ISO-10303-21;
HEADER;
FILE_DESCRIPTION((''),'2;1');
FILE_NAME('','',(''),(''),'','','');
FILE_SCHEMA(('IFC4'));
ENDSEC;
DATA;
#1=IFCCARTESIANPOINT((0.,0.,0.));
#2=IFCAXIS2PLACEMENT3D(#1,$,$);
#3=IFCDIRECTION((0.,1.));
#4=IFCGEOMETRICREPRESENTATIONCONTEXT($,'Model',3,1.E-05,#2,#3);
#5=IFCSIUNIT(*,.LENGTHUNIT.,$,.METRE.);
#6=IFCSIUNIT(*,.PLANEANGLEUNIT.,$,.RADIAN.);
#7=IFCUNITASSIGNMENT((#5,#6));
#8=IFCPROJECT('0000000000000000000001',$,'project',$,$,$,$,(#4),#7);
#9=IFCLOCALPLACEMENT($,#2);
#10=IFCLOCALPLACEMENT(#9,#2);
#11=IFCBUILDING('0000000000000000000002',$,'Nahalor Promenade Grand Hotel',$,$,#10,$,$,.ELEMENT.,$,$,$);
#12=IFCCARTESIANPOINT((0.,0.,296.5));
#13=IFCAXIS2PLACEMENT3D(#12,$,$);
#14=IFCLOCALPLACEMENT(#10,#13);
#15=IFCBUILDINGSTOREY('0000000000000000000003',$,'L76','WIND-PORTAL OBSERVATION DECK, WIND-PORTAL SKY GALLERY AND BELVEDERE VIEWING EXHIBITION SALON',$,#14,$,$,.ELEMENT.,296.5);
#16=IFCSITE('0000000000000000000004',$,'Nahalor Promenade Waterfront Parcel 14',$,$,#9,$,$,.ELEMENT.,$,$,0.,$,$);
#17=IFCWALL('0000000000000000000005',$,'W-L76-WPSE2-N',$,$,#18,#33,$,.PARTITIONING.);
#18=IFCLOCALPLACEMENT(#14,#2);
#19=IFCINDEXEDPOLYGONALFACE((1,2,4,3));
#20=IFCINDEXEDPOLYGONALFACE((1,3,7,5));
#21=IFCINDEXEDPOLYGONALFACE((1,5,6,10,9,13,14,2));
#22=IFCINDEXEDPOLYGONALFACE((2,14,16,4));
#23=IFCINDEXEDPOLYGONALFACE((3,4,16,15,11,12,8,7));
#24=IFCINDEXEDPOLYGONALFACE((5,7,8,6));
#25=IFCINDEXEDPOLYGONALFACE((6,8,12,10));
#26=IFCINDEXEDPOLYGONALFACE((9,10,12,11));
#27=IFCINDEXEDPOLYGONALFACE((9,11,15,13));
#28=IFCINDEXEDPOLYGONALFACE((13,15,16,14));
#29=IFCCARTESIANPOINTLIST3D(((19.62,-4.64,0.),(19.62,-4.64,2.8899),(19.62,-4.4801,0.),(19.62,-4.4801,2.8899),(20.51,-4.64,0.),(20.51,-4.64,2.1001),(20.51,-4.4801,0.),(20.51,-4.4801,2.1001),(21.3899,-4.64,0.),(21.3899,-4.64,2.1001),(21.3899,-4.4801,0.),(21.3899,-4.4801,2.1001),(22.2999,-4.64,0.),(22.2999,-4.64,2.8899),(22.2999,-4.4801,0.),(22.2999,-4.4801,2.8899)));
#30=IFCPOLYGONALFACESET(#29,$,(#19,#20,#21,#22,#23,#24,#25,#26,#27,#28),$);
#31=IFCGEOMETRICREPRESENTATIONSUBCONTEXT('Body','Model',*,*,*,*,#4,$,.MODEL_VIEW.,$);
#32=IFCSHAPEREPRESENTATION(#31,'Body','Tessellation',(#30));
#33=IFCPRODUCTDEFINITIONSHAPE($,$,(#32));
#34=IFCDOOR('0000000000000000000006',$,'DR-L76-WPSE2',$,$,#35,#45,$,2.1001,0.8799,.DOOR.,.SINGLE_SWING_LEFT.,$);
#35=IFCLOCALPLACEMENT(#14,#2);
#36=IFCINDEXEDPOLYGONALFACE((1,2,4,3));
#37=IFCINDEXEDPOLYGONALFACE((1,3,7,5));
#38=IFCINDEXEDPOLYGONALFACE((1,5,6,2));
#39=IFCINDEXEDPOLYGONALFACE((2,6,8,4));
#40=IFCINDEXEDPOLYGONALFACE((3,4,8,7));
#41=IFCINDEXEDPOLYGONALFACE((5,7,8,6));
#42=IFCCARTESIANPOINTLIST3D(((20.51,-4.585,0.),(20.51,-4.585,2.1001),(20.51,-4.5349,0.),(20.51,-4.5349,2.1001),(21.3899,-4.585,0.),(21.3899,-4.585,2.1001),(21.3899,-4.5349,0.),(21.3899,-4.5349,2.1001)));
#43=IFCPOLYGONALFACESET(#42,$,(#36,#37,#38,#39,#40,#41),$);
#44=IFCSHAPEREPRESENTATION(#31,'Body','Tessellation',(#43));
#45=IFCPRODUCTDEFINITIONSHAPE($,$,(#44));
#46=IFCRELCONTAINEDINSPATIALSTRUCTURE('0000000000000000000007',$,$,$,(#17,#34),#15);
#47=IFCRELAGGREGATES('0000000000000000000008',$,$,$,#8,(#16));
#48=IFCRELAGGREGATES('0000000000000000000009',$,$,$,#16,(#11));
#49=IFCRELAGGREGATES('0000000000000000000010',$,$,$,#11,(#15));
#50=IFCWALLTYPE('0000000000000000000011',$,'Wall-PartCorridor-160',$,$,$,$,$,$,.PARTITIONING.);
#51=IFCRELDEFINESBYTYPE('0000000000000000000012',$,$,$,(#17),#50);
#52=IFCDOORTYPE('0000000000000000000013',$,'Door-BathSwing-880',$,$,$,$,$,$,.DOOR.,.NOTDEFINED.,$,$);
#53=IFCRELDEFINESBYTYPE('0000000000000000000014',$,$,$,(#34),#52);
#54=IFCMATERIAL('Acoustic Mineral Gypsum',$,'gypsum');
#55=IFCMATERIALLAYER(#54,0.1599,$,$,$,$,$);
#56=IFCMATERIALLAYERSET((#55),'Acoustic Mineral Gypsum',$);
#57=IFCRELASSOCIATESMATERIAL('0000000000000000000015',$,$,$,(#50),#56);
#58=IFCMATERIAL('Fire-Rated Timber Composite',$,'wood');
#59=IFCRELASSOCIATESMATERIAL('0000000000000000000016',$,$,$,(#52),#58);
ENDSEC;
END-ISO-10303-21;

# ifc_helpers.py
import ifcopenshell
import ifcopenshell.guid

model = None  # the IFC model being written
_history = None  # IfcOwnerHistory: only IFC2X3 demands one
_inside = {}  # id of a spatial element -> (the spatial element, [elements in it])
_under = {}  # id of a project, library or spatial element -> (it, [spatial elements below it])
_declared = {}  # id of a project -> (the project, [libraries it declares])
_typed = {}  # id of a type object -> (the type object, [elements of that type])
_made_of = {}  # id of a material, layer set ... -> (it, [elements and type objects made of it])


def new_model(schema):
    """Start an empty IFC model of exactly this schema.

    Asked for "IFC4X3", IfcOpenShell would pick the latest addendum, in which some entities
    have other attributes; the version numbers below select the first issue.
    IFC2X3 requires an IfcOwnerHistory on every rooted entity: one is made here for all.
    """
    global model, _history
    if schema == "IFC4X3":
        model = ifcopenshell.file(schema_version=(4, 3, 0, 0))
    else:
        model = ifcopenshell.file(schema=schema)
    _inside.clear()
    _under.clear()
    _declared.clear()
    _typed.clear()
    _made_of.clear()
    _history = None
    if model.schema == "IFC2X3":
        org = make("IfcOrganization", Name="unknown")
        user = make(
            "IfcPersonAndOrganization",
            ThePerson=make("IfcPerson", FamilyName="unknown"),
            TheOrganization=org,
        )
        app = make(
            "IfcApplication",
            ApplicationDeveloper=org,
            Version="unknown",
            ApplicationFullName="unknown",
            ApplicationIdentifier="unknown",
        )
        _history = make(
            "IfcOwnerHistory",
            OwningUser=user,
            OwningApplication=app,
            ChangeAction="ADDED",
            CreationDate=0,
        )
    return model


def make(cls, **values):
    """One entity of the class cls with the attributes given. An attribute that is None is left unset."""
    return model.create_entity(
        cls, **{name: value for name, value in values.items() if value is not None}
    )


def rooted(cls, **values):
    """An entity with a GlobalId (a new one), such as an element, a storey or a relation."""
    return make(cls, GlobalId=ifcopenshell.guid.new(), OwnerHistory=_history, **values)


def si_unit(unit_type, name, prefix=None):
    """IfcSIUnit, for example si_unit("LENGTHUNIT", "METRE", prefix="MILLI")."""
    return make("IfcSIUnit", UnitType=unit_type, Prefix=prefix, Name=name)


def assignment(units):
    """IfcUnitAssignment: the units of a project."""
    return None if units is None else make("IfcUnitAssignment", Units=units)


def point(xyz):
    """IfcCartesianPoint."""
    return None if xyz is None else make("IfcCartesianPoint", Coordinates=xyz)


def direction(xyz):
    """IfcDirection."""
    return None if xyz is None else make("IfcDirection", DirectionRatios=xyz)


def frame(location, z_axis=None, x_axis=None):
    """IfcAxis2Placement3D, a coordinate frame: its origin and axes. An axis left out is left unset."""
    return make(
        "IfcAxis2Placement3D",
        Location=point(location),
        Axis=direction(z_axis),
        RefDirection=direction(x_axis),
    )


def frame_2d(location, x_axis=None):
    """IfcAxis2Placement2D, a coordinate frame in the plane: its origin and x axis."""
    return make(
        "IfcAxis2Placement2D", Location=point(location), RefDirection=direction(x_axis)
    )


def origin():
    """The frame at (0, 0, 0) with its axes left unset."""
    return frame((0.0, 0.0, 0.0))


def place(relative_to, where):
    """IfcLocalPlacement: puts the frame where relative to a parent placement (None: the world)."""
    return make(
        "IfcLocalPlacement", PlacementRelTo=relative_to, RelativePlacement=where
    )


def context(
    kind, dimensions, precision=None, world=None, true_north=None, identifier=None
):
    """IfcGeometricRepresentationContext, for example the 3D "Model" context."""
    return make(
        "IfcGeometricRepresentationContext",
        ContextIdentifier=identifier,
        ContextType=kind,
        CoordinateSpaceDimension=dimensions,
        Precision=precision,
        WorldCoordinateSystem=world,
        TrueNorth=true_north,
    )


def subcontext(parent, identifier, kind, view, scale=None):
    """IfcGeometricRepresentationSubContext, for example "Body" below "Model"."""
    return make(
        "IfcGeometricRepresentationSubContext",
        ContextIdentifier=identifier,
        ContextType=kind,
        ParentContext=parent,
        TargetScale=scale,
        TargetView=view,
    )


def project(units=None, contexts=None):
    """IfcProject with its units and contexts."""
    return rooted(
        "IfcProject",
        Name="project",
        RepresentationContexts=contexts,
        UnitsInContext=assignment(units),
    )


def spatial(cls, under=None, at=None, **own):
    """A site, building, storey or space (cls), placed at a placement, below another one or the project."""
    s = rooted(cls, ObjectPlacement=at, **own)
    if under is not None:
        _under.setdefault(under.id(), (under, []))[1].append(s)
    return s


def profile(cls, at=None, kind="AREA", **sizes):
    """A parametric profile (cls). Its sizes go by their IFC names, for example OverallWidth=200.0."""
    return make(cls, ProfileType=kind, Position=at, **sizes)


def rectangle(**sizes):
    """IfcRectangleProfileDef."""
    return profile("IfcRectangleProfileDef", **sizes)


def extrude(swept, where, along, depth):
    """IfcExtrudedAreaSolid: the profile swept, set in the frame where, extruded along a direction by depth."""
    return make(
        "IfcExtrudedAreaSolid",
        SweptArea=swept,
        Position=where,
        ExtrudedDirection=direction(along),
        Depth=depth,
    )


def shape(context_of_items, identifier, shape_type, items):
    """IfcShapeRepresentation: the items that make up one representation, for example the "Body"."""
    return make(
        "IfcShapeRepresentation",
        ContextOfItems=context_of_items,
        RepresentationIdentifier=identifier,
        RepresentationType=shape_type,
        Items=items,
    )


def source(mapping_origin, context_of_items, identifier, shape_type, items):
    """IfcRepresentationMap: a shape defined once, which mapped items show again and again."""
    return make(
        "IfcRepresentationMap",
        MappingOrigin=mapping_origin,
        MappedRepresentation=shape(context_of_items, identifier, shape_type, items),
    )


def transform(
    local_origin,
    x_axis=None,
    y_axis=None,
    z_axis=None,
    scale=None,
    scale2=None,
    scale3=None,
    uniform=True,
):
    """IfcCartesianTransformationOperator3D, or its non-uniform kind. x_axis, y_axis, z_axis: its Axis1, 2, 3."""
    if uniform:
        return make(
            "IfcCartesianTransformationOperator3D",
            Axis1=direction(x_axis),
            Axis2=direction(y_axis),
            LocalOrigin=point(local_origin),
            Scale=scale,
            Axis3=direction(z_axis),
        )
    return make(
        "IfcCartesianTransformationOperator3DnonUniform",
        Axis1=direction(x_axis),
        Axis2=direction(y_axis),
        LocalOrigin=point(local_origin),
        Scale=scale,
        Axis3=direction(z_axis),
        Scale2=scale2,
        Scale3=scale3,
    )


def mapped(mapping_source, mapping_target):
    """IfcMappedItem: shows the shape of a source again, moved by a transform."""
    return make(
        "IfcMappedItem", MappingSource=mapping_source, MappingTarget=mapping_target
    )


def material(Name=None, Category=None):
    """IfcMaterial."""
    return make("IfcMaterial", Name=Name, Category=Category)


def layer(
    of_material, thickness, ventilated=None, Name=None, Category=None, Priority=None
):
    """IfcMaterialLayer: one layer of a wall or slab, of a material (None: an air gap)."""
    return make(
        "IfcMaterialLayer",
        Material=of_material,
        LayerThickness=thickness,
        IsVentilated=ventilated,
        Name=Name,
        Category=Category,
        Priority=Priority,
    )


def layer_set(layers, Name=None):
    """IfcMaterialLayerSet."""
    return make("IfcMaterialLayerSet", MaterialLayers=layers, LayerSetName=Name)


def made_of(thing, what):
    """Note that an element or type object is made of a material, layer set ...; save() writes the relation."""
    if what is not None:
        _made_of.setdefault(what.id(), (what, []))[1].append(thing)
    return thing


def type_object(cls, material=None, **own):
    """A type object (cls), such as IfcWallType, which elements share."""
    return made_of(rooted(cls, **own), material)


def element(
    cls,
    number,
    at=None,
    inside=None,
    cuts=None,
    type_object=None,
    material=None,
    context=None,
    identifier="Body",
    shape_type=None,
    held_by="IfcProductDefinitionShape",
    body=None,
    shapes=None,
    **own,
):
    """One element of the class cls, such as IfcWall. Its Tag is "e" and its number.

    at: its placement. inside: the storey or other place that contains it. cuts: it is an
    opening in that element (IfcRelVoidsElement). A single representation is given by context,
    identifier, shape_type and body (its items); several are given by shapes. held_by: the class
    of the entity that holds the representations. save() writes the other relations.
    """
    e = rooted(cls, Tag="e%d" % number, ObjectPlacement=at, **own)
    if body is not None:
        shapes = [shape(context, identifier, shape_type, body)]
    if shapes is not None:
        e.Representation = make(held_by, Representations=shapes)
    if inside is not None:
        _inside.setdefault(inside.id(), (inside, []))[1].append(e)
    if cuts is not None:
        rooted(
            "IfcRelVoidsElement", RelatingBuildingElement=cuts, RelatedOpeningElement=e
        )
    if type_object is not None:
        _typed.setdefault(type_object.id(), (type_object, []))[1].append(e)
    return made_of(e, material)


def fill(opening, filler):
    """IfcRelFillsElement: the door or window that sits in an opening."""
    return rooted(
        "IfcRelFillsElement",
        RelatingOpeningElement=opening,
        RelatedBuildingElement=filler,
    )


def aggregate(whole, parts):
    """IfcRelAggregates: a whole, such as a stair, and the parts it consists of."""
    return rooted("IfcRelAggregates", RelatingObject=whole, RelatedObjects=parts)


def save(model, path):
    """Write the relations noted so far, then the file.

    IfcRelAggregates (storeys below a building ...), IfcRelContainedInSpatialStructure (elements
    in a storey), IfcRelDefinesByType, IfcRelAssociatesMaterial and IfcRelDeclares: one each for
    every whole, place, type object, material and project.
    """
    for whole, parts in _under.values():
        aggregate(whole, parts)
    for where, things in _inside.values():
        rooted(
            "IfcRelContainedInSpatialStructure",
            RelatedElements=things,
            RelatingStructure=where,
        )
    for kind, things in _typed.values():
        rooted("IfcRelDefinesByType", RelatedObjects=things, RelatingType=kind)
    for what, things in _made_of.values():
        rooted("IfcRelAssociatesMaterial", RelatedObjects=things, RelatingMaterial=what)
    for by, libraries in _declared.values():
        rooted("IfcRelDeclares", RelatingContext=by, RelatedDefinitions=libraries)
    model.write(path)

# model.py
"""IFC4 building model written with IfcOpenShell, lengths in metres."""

from ifc_helpers import new_model, si_unit, direction, frame, frame_2d, origin, place, context, subcontext, project, spatial, rectangle, extrude, source, transform, mapped, material, layer, layer_set, type_object, element, fill, save


model = new_model("IFC4")

# Units and contexts
model_context = context("Model", 3, precision=1e-05, world=origin(), true_north=direction((0.0, 1.0)))
body_context = subcontext(model_context, "Body", "Model", "MODEL_VIEW")
ifc_project = project(units=[si_unit("LENGTHUNIT", "METRE"), si_unit("PLANEANGLEUNIT", "RADIAN")], contexts=[model_context])

# Site, building, storey
site_placement = place(None, origin())
site = spatial("IfcSite", under=ifc_project, at=site_placement, Name="Nahalor Promenade Waterfront Parcel 14", CompositionType="ELEMENT", RefElevation=0.0)
building_placement = place(site_placement, origin())
building = spatial("IfcBuilding", under=site, at=building_placement, Name="Nahalor Promenade Grand Hotel", CompositionType="ELEMENT")
storey_placement = place(building_placement, frame((0.0, 0.0, 296.5)))
storey = spatial("IfcBuildingStorey", under=building, at=storey_placement, Name="L76", Description="WIND-PORTAL OBSERVATION DECK, WIND-PORTAL SKY GALLERY AND BELVEDERE VIEWING EXHIBITION SALON", CompositionType="ELEMENT", Elevation=296.5)

# Shared definitions
ifc_material_1 = material(Name="Acoustic Mineral Gypsum", Category="gypsum")
ifc_layer_1 = layer(ifc_material_1, 0.1599)
ifc_layer_set_1 = layer_set([ifc_layer_1], Name="Acoustic Mineral Gypsum")
wall_type_1 = type_object("IfcWallType", Name="Wall-PartCorridor-160", PredefinedType="PARTITIONING", material=ifc_layer_set_1)

# Wall, opening, door
ifc_material_2 = material(Name="Fire-Rated Timber Composite", Category="wood")
door_type_1 = type_object("IfcDoorType", Name="Door-BathSwing-880", OperationType="NOTDEFINED", PredefinedType="DOOR", material=ifc_material_2)
shared_shape_1 = source(origin(), body_context, "Body", "SweptSolid", [
    extrude(rectangle(XDim=0.8799, YDim=2.1001, at=frame_2d((0.4399, 1.05))), frame((0.0, 0.0249, 0.0), z_axis=(0.0, -1.0, 0.0), x_axis=(1.0, 0.0, 0.0)), (0.0, 0.0, 1.0), 0.05),
])
shared_shape_2 = source(origin(), body_context, "Body", "SweptSolid", [
    extrude(rectangle(XDim=2.6799, YDim=0.1599, at=frame_2d((1.3398, 0.0))), origin(), (0.0, 0.0, 1.0), 2.8899),
])
wall_1_placement = place(storey_placement, frame((19.6201, -4.5601, 0.0), z_axis=(0.0, 0.0, 1.0), x_axis=(1.0, 0.0, 0.0)))
wall_1 = element("IfcWall", 1, at=wall_1_placement, inside=storey, type_object=wall_type_1, Name="W-L76-WPSE2-N", PredefinedType="PARTITIONING", context=body_context, shape_type="MappedRepresentation", body=[
    mapped(shared_shape_2, transform((0.0, 0.0, 0.0), scale=1.0)),
])
opening_1_placement = place(wall_1_placement, frame((0.8899, 0.0, 0.0)))
opening_1 = element("IfcOpeningElement", 2, at=opening_1_placement, cuts=wall_1, PredefinedType="OPENING", context=body_context, shape_type="SweptSolid", body=[
    extrude(rectangle(XDim=0.8799, YDim=2.1001, at=frame_2d((0.4399, 1.05))), frame((0.0, 0.0898, 0.0), z_axis=(0.0, -1.0, 0.0), x_axis=(1.0, 0.0, 0.0)), (0.0, 0.0, 1.0), 0.1799),
])
door_1_placement = place(opening_1_placement, frame((0.8799, 0.0, 0.0), z_axis=(0.0, 0.0, 1.0), x_axis=(-1.0, 0.0, 0.0)))
door_1 = element("IfcDoor", 3, at=door_1_placement, inside=storey, type_object=door_type_1, Name="DR-L76-WPSE2", OperationType="SINGLE_SWING_LEFT", OverallHeight=2.1001, OverallWidth=0.8799, PredefinedType="DOOR", context=body_context, shape_type="MappedRepresentation", body=[
    mapped(shared_shape_1, transform((0.0, 0.0, 0.0), scale=1.0)),
])
fill(opening_1, door_1)

save(model, "model.ifc")
